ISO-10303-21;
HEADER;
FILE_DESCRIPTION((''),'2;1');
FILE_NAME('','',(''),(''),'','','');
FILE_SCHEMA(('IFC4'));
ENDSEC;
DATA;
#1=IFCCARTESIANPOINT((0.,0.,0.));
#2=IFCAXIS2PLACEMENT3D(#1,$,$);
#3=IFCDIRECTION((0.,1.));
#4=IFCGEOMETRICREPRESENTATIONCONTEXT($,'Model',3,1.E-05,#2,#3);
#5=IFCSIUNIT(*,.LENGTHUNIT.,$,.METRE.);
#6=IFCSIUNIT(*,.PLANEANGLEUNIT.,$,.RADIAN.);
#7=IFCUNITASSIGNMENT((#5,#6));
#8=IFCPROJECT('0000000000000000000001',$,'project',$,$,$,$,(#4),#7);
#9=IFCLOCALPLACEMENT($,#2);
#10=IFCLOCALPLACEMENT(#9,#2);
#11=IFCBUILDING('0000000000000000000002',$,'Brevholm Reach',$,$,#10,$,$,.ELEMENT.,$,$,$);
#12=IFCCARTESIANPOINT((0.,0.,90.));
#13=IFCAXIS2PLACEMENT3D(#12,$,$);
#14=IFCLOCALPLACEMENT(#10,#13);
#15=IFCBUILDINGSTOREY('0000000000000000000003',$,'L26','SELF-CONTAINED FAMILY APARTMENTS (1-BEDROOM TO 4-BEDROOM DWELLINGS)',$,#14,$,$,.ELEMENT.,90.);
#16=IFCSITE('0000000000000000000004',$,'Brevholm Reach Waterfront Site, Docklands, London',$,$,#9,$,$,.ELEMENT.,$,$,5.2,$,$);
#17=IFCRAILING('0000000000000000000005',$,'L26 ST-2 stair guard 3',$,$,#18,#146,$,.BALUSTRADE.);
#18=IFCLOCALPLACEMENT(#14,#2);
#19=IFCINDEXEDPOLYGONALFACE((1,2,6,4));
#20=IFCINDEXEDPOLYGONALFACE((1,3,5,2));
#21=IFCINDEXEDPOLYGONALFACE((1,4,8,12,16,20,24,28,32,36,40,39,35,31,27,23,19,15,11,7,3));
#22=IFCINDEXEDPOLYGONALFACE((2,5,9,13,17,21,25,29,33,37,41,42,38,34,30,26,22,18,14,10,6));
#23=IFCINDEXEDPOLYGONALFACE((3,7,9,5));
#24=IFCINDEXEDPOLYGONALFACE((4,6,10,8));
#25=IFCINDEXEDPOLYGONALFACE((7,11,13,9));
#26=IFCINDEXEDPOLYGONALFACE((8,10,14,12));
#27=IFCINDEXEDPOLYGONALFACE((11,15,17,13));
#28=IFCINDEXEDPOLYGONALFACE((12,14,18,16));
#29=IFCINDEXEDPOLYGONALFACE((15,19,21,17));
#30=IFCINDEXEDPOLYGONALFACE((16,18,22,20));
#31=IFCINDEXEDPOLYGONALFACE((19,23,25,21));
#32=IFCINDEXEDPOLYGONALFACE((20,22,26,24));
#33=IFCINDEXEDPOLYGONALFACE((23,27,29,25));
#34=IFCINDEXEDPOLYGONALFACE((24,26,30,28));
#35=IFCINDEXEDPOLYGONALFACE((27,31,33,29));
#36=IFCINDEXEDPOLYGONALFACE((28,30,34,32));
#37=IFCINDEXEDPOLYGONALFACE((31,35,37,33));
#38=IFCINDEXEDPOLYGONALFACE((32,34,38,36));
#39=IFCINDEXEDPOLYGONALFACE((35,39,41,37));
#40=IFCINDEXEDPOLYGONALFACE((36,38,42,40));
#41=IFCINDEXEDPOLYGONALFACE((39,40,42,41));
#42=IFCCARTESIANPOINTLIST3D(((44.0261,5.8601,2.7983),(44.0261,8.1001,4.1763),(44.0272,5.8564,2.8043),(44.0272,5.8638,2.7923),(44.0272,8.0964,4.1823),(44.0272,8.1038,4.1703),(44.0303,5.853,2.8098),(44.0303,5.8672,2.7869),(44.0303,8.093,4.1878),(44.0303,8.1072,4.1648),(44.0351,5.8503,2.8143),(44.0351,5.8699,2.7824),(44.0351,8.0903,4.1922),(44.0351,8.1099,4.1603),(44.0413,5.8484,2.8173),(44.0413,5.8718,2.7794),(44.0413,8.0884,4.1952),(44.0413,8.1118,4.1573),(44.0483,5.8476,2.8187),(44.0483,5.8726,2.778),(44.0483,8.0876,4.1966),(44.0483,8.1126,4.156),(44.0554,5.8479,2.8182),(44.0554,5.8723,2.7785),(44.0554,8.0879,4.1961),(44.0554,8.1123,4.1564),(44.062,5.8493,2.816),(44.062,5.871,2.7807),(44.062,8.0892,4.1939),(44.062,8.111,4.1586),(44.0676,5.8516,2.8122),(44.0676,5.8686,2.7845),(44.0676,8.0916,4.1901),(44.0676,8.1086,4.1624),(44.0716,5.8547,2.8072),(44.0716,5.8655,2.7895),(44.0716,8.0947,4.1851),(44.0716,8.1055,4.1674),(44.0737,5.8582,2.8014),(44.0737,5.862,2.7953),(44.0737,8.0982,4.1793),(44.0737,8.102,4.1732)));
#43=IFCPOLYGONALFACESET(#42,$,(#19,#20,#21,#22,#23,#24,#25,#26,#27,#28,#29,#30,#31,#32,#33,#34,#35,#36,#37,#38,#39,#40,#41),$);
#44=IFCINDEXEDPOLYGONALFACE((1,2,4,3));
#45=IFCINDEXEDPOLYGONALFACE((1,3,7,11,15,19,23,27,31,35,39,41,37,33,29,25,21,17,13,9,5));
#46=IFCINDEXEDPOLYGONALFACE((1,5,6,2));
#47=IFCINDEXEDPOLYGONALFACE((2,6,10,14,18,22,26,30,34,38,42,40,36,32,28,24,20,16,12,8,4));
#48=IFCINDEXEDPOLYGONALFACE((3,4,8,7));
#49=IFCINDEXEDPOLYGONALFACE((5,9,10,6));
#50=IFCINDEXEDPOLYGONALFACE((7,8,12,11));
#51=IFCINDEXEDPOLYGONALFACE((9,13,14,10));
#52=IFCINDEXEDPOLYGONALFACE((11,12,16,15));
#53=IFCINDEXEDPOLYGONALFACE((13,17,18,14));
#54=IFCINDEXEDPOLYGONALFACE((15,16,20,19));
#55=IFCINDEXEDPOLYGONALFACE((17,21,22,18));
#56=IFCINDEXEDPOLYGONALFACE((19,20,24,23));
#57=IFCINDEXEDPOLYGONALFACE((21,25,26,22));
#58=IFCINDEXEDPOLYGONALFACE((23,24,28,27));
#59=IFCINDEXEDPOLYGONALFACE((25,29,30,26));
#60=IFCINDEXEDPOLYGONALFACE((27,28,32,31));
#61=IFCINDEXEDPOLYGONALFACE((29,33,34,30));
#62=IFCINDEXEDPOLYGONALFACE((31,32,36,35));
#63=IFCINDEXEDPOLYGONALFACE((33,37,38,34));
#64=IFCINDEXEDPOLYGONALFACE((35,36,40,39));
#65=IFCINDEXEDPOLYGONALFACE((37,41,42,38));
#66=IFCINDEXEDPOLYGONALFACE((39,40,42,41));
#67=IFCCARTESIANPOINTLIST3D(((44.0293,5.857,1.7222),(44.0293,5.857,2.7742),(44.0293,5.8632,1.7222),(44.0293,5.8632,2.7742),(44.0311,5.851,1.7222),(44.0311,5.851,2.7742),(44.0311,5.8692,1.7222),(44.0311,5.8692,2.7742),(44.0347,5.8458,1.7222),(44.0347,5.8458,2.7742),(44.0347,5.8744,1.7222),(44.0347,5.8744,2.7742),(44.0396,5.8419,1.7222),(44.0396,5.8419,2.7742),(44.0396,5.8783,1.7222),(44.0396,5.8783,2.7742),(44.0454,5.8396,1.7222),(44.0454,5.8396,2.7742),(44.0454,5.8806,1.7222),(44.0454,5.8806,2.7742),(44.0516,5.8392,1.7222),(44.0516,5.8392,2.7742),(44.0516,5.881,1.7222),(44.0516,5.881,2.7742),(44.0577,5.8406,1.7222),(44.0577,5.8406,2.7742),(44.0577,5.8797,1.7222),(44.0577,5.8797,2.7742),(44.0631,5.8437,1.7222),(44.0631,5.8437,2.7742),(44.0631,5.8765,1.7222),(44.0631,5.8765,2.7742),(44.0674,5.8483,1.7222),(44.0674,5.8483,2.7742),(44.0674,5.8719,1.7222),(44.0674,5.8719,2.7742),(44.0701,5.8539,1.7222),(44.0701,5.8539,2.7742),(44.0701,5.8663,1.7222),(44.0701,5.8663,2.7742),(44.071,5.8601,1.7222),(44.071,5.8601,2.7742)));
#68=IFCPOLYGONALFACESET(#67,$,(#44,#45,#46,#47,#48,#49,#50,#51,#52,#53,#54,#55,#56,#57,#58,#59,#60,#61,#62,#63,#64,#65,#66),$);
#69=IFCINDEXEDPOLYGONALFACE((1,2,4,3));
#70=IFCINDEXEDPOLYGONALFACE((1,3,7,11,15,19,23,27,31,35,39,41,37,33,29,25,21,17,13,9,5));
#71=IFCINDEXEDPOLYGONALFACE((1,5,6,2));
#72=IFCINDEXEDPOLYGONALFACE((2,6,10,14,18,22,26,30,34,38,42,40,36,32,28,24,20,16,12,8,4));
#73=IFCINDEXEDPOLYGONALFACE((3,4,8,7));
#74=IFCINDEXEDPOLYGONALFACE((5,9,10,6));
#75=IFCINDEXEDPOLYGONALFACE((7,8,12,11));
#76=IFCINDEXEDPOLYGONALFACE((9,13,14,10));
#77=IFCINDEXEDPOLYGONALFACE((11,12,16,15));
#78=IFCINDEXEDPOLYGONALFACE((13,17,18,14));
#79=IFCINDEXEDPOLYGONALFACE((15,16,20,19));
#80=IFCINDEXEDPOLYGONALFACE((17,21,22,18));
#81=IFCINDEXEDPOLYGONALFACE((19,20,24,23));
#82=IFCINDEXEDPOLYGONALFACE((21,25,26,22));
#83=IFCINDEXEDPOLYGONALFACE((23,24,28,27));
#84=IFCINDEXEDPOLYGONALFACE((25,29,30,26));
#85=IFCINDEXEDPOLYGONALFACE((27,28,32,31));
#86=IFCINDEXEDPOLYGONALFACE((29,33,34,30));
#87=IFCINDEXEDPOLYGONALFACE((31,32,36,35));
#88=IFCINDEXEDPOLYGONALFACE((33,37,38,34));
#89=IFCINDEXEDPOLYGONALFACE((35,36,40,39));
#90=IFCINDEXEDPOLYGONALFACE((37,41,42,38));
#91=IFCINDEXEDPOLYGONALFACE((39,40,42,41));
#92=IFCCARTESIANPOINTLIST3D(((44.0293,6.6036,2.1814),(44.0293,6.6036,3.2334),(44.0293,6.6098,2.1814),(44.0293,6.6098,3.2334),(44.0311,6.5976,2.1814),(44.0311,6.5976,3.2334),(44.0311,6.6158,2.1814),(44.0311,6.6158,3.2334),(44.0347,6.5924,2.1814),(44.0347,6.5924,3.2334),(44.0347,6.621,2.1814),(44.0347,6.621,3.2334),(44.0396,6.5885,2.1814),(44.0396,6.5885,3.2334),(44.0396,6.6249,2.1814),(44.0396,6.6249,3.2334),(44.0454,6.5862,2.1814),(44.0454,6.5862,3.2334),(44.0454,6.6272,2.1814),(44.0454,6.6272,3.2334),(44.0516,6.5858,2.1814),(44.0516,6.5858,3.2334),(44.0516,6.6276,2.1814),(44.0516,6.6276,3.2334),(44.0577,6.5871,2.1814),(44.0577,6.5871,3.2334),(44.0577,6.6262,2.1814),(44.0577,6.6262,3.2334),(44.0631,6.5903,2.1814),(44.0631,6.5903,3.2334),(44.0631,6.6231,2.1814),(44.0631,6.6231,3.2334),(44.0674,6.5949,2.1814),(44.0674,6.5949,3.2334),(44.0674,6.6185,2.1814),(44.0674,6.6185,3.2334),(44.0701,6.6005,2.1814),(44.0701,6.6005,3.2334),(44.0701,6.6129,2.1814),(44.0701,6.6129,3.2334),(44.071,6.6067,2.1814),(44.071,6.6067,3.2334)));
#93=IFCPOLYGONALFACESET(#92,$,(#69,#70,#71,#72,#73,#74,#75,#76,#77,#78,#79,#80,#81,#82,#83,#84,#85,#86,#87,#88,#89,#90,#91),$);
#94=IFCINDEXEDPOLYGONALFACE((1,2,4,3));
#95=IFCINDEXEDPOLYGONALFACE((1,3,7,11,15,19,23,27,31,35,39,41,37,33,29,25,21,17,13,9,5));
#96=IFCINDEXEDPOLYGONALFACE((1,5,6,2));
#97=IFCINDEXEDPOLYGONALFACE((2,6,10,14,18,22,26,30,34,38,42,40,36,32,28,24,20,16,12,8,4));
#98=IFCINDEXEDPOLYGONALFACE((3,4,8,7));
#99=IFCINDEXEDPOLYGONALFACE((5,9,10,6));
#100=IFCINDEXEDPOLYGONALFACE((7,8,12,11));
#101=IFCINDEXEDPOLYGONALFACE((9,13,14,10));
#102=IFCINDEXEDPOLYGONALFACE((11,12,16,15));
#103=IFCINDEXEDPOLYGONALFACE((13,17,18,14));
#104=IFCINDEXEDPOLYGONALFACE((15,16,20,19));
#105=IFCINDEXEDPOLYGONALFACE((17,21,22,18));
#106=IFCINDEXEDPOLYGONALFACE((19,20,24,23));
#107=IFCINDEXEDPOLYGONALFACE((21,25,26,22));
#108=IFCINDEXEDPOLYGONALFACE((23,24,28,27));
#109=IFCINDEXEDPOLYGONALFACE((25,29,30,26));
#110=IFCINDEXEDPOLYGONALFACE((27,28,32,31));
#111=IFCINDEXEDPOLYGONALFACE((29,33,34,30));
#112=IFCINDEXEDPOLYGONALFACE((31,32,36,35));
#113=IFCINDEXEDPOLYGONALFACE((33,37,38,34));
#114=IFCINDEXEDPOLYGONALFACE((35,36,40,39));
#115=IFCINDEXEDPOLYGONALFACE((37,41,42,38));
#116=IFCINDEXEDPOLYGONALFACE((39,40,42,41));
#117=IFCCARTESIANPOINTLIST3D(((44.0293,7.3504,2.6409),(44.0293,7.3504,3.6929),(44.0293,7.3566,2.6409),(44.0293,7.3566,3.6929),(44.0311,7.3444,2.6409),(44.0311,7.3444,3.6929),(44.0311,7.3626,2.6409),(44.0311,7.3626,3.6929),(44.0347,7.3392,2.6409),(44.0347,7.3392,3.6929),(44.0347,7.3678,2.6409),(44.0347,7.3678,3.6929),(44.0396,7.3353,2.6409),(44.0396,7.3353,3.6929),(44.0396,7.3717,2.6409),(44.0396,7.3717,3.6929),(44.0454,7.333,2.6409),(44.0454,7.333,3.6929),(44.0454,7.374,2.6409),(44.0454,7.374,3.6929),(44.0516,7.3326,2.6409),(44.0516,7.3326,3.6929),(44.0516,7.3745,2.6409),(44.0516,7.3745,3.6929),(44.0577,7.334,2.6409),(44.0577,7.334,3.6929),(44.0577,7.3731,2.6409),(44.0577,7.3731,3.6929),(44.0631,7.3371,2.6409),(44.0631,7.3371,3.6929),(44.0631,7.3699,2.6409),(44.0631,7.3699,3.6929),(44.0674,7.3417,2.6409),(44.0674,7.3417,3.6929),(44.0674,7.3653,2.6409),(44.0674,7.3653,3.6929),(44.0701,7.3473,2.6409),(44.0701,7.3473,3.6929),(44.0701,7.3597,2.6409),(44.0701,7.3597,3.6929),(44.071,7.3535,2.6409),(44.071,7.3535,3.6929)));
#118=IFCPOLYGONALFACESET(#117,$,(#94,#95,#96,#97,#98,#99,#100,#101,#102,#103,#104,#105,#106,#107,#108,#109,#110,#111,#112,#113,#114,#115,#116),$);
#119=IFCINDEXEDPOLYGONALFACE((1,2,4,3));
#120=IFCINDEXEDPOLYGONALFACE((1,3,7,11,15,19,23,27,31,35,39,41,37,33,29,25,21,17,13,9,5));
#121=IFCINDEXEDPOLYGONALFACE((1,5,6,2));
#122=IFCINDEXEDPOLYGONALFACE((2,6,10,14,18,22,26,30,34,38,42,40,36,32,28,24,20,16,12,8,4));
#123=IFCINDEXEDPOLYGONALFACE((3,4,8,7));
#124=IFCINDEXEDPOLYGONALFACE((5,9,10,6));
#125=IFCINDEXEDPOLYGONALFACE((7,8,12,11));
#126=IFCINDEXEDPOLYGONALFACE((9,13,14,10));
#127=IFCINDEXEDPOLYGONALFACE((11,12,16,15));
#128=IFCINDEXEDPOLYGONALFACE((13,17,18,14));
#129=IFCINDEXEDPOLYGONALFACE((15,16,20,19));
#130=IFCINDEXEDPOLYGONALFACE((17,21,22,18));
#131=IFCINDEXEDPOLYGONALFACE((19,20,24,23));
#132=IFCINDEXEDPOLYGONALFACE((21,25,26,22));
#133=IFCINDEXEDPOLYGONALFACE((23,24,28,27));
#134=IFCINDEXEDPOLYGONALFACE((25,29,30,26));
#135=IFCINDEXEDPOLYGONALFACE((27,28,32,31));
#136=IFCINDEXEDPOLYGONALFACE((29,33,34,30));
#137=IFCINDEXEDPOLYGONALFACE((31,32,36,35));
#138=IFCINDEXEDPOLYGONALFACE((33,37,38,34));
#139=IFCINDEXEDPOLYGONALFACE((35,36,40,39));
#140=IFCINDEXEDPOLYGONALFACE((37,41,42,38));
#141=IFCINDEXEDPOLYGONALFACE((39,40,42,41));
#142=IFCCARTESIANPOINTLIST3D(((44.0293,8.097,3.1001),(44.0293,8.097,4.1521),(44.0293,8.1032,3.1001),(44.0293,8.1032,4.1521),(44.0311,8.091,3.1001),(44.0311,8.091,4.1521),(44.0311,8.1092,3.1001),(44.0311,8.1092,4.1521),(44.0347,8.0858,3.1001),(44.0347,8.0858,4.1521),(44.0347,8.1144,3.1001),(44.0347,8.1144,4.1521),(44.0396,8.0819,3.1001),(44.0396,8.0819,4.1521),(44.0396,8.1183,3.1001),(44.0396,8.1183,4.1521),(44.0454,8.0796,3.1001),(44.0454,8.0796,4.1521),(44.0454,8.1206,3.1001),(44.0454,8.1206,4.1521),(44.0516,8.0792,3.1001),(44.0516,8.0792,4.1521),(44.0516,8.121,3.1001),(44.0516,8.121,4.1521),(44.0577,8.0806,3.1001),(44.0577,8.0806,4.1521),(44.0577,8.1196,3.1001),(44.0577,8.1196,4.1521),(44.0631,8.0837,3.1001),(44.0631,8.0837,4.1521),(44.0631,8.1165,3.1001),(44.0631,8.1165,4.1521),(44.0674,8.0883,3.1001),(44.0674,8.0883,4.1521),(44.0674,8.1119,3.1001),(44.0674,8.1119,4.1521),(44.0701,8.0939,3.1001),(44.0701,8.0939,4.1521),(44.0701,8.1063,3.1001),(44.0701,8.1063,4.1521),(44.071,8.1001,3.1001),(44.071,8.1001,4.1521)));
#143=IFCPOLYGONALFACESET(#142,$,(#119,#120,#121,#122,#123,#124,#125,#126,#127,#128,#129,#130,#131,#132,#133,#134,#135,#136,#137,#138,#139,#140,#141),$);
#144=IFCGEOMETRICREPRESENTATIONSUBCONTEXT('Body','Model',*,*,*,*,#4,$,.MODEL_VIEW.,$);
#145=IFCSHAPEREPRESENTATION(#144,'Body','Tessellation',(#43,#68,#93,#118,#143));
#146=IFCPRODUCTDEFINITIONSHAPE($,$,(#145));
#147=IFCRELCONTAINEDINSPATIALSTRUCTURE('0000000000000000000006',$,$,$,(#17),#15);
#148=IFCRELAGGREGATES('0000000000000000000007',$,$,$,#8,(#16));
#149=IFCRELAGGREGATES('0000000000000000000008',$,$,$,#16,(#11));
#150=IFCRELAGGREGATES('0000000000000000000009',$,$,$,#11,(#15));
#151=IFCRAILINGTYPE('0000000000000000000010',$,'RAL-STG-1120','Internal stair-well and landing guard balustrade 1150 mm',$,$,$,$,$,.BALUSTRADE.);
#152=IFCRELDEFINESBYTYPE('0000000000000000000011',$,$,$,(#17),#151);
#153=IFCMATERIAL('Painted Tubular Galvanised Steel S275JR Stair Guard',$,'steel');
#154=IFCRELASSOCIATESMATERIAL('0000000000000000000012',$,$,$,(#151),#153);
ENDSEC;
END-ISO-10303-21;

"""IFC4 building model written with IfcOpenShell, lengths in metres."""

from ifc_helpers import new_model, si_unit, direction, frame, origin, origin_2d, place, context, subcontext, project, spatial, circle, extrude, material, type_object, element, save


model = new_model("IFC4")

# Units and contexts
model_context = context("Model", 3, precision=1e-05, world=origin(), true_north=direction((0.0, 1.0)))
body_context = subcontext(model_context, "Body", "Model", "MODEL_VIEW")
ifc_project = project(units=[si_unit("LENGTHUNIT", "METRE"), si_unit("PLANEANGLEUNIT", "RADIAN")], contexts=[model_context])

# Site, building, storey
site_placement = place(None, origin())
site = spatial("IfcSite", under=ifc_project, at=site_placement, Name="Brevholm Reach Waterfront Site, Docklands, London", CompositionType="ELEMENT", RefElevation=5.2)
building_placement = place(site_placement, origin())
building = spatial("IfcBuilding", under=site, at=building_placement, Name="Brevholm Reach", CompositionType="ELEMENT")
storey_placement = place(building_placement, frame((0.0, 0.0, 90.0)))
storey = spatial("IfcBuildingStorey", under=building, at=storey_placement, Name="L26", Description="SELF-CONTAINED FAMILY APARTMENTS (1-BEDROOM TO 4-BEDROOM DWELLINGS)", CompositionType="ELEMENT", Elevation=90.0)

# Railing
ifc_material_1 = material(Name="Painted Tubular Galvanised Steel S275JR Stair Guard", Category="steel")
railing_type_1 = type_object("IfcRailingType", Name="RAL-STG-1120", Description="Internal stair-well and landing guard balustrade 1150 mm", PredefinedType="BALUSTRADE", material=ifc_material_1)
railing_1_placement = place(storey_placement, frame((44.05, 5.8601, 1.7222)))
element("IfcRailing", 1, at=railing_1_placement, inside=storey, type_object=railing_type_1, Name="L26 ST-2 stair guard 3", PredefinedType="BALUSTRADE", context=body_context, shape_type="SweptSolid", body=[
    extrude(circle(Radius=0.0239, at=origin_2d()), frame((0.0, 0.0, 1.0762), z_axis=(0.0, 0.851748, 0.523952), x_axis=(-1.0, 0.0, 0.0)), (0.0, 0.0, 1.0), 2.6299),
    extrude(circle(Radius=0.021, at=origin_2d()), origin(), (0.0, 0.0, 1.0), 1.052),
    extrude(circle(Radius=0.021, at=origin_2d()), frame((0.0, 0.7466, 0.4592)), (0.0, 0.0, 1.0), 1.052),
    extrude(circle(Radius=0.021, at=origin_2d()), frame((0.0, 1.4934, 0.9187)), (0.0, 0.0, 1.0), 1.052),
    extrude(circle(Radius=0.021, at=origin_2d()), frame((0.0, 2.24, 1.3779)), (0.0, 0.0, 1.0), 1.052),
])

save(model, "model.ifc")
